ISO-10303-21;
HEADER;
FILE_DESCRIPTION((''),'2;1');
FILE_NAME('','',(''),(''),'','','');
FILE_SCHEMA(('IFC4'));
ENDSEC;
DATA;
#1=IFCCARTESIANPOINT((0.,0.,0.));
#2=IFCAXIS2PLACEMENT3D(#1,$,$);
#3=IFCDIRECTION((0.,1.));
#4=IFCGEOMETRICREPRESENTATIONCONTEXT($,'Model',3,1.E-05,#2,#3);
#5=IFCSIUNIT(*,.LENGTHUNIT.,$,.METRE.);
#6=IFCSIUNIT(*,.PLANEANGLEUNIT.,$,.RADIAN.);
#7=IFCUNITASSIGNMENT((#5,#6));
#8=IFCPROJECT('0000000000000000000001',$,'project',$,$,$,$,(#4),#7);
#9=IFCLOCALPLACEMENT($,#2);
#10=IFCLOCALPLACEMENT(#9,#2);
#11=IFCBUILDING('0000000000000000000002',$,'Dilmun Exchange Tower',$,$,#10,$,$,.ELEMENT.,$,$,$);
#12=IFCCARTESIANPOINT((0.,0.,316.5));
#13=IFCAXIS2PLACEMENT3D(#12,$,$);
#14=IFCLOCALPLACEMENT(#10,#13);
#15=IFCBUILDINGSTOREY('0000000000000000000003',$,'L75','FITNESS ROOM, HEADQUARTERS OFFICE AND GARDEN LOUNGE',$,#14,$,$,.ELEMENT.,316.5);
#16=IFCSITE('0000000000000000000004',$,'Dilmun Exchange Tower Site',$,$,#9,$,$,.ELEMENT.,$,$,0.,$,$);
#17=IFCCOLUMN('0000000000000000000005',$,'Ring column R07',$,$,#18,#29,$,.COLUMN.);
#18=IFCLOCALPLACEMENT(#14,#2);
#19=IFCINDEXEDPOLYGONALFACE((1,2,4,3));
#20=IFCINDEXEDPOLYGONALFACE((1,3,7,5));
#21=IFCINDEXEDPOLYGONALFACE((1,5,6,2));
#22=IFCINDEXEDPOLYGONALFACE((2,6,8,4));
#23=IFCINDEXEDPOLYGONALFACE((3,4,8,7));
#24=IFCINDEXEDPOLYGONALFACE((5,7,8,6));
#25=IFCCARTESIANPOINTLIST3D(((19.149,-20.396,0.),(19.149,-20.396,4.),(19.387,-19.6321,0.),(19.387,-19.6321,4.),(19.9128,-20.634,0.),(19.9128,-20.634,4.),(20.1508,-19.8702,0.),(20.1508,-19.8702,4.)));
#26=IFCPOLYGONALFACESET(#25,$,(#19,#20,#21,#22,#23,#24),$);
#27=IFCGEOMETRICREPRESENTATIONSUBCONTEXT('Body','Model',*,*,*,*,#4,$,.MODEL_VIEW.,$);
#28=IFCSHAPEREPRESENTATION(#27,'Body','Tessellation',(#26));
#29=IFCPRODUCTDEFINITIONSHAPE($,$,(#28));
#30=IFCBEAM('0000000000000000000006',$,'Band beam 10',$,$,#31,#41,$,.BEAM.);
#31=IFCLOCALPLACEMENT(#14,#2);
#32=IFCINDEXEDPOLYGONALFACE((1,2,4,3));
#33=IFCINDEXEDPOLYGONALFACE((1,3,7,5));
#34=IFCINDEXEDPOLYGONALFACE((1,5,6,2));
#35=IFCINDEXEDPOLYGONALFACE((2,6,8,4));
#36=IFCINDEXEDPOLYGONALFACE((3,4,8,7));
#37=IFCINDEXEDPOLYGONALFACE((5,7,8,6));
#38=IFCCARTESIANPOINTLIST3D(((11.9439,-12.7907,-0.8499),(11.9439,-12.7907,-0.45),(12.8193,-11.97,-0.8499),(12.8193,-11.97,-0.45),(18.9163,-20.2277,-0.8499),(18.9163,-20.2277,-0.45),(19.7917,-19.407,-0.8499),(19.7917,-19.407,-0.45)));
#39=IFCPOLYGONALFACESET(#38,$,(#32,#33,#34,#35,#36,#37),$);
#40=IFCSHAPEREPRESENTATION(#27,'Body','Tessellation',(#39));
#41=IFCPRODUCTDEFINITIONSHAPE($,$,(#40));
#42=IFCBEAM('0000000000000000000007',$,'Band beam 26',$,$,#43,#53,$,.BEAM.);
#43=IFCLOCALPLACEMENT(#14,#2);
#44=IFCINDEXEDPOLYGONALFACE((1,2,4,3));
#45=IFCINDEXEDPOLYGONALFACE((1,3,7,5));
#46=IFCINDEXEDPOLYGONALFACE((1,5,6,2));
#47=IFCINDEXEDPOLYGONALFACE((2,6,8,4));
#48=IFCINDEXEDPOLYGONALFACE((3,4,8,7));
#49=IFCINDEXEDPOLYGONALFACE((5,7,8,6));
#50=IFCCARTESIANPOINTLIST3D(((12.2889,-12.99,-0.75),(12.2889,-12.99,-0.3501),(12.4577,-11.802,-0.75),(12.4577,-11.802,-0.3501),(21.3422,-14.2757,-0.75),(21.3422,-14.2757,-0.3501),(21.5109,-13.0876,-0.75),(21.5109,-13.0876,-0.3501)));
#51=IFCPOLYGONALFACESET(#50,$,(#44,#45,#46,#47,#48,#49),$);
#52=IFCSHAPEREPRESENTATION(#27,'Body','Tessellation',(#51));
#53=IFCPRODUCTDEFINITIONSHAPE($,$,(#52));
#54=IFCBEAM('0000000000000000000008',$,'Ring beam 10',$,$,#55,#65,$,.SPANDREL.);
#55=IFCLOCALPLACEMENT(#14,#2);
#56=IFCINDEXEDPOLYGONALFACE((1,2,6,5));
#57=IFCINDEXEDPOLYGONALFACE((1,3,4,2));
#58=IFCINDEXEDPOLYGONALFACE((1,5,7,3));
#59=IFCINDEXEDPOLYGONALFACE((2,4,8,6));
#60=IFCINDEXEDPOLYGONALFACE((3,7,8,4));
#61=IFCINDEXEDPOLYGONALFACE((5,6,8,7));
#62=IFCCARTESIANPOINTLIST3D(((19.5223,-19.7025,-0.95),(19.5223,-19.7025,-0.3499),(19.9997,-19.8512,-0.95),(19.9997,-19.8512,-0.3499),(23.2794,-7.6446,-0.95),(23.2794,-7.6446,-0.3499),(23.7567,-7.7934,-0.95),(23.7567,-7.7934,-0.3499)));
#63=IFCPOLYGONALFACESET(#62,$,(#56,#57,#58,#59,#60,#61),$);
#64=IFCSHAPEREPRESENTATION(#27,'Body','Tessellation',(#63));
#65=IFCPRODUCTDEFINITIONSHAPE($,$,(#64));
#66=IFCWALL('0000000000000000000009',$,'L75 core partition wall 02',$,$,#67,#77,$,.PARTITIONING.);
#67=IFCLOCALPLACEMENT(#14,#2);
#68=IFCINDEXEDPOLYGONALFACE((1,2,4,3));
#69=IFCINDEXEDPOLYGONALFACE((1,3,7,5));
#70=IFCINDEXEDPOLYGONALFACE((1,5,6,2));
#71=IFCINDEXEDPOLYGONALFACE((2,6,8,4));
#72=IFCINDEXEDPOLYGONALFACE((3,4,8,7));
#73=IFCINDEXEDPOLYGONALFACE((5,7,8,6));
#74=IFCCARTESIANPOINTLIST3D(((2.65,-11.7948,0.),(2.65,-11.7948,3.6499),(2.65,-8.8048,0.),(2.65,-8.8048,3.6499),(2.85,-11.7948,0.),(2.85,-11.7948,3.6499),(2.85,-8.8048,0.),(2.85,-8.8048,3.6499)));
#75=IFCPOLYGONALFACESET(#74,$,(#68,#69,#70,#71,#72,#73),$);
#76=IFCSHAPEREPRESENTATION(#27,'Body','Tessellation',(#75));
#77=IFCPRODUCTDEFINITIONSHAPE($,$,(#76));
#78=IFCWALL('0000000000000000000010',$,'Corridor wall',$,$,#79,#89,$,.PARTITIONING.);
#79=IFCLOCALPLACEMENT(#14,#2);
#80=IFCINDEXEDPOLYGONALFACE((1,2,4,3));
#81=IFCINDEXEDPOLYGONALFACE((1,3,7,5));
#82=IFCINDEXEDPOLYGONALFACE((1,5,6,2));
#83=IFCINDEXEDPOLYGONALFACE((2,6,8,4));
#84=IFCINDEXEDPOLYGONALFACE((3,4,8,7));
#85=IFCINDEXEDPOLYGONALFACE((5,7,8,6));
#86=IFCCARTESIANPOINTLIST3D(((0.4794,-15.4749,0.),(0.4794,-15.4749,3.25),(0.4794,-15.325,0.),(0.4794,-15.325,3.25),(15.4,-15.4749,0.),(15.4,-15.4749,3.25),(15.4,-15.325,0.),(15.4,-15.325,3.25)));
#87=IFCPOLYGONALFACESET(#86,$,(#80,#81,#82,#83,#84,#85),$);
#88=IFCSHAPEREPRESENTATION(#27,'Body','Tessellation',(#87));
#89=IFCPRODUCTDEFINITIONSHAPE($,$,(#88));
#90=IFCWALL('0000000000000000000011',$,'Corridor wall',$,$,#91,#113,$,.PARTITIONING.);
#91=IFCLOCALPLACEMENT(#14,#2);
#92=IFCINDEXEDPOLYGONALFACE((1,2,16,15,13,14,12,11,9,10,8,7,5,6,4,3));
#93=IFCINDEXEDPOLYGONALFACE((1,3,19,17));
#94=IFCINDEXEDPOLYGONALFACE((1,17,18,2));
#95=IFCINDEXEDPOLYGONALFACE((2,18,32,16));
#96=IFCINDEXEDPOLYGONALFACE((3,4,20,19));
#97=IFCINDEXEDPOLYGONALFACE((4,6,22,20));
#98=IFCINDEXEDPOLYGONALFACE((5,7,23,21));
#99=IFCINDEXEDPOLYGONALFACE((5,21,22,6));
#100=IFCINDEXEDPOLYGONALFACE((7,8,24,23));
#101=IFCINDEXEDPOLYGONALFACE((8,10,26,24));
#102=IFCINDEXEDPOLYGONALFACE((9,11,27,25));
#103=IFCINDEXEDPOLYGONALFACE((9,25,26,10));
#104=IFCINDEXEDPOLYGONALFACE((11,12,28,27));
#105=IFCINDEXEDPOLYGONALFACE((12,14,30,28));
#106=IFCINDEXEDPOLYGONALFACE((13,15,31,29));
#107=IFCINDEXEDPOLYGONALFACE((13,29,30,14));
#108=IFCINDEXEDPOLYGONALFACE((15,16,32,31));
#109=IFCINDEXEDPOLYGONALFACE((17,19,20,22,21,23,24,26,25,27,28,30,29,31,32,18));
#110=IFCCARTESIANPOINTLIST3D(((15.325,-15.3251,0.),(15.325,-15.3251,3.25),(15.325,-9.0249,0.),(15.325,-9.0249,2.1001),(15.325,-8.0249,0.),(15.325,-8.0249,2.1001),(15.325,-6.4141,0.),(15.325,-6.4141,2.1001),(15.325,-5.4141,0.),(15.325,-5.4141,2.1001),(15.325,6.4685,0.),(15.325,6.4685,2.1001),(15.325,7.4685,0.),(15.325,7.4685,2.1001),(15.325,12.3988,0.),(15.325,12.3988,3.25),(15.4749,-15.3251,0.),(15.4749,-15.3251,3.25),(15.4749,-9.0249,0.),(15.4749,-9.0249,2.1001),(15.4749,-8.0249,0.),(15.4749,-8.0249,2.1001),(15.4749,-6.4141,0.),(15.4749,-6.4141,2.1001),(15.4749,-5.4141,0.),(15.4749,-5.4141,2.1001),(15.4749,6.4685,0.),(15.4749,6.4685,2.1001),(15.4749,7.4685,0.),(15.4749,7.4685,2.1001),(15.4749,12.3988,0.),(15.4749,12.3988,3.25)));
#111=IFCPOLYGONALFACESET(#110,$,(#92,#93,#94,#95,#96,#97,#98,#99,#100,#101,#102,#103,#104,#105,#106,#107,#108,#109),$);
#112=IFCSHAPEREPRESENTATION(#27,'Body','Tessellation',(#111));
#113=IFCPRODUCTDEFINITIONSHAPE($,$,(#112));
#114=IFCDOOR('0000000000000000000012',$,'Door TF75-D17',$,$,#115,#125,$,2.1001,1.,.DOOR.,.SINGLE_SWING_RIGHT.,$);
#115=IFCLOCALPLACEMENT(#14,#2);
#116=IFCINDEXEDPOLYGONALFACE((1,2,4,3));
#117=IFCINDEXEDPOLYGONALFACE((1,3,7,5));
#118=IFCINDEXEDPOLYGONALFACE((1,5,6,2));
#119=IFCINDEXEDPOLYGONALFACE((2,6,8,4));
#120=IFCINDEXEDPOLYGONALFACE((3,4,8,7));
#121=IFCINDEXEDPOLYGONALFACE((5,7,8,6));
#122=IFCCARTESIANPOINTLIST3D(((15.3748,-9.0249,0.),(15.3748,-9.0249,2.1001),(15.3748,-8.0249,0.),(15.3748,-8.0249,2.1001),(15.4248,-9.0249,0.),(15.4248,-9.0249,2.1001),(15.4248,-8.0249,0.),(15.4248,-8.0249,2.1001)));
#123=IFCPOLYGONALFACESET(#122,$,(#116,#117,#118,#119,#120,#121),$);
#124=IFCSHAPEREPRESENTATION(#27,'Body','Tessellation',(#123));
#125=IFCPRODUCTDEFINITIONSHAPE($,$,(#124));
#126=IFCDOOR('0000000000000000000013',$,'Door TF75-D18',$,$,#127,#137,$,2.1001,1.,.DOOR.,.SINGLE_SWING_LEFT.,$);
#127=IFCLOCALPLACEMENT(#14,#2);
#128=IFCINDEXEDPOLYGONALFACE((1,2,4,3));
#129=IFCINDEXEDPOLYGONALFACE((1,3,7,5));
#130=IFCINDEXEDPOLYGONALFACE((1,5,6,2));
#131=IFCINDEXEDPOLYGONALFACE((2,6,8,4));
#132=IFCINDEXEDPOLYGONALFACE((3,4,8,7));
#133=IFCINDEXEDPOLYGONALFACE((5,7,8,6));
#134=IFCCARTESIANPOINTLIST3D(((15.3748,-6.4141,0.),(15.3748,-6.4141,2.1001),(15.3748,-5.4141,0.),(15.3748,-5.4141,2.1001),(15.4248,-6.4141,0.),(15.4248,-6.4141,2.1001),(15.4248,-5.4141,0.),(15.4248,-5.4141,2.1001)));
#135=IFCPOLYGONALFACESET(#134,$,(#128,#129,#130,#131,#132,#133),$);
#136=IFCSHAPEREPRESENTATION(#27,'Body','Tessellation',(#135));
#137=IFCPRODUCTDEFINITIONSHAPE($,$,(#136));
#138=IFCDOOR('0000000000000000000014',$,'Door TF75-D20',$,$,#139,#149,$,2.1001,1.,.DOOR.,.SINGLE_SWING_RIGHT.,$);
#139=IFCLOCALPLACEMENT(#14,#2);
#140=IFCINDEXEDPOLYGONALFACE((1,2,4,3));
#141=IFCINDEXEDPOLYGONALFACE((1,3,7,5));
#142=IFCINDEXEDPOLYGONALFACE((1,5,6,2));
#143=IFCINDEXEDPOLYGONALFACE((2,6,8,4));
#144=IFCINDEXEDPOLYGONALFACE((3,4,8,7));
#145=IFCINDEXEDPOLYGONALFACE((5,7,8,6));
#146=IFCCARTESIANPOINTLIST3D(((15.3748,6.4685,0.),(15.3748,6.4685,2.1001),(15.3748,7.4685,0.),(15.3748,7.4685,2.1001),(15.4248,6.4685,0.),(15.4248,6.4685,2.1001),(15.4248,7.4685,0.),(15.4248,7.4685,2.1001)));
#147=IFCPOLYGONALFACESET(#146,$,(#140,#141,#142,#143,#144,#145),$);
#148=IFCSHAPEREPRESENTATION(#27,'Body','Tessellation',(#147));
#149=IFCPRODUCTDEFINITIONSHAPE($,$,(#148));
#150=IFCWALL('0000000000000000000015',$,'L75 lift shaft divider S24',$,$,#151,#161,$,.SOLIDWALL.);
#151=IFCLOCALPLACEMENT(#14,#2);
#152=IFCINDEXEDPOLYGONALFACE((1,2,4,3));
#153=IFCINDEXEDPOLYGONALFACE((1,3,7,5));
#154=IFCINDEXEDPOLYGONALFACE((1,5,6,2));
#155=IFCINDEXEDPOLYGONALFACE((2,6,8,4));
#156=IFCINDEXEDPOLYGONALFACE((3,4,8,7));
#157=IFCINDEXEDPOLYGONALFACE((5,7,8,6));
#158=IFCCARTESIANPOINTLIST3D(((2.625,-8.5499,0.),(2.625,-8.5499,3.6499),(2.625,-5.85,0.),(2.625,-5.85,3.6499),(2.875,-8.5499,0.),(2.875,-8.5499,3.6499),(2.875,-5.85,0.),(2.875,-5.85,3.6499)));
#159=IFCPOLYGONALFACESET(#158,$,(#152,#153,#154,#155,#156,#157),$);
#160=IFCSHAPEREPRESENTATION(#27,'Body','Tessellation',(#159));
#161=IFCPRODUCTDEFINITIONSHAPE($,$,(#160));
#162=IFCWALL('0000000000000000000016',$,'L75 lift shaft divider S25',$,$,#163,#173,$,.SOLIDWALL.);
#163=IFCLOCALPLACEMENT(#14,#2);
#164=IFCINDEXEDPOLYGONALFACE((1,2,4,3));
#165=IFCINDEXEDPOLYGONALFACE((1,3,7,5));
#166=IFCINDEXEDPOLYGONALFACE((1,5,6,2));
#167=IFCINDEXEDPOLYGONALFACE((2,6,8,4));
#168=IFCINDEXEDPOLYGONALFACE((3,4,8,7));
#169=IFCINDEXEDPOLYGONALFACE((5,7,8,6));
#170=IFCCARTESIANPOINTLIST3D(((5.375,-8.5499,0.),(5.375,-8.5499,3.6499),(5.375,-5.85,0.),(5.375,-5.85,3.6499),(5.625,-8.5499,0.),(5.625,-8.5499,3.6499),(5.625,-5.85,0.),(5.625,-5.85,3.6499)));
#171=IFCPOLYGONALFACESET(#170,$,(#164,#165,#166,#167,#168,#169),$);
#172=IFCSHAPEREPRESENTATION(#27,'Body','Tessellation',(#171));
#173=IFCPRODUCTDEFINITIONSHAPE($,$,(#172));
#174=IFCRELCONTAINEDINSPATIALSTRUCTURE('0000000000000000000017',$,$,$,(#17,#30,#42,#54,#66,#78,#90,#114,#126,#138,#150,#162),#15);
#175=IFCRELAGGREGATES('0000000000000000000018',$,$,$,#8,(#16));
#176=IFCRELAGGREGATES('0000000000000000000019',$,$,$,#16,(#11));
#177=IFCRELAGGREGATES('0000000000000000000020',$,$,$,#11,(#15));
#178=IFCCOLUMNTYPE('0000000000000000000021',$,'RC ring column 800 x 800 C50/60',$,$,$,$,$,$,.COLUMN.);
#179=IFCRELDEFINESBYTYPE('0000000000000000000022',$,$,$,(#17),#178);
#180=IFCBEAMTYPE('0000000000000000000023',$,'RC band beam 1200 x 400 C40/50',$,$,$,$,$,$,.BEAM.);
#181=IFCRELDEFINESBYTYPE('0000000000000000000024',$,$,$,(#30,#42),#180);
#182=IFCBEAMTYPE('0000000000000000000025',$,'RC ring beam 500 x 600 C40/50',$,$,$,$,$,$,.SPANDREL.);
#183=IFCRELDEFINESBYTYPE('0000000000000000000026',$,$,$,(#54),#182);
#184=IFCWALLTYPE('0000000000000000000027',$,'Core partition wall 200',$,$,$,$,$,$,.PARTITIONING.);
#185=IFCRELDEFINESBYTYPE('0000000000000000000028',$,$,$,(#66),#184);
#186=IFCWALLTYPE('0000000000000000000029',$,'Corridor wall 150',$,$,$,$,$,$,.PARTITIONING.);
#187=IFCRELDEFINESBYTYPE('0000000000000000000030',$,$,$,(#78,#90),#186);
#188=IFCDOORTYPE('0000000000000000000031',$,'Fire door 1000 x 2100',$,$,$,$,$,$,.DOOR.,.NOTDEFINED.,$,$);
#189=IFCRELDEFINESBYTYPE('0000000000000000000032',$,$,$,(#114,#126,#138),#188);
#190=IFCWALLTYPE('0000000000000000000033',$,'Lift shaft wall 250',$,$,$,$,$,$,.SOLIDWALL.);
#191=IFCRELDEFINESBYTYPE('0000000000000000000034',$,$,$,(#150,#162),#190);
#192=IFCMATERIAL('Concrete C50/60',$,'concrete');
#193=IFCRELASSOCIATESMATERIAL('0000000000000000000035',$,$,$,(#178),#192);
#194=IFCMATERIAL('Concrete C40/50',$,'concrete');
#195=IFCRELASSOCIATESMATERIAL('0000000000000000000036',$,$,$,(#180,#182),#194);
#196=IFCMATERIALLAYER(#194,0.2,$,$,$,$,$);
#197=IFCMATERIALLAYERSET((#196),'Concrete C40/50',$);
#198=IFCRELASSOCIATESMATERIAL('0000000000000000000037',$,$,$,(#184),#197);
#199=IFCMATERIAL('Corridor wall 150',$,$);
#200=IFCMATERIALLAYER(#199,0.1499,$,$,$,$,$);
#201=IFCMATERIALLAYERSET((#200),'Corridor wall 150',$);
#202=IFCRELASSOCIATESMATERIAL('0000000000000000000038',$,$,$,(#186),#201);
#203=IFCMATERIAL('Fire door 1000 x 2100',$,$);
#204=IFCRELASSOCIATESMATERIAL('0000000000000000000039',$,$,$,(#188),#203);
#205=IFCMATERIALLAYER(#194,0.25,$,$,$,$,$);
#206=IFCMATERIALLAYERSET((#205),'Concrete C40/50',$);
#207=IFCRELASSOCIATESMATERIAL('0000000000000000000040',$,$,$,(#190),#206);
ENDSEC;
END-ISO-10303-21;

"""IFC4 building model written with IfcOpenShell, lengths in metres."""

from ifc_helpers import new_model, si_unit, direction, frame, frame_2d, origin, origin_2d, place, context, subcontext, project, spatial, rectangle, extrude, material, layer, layer_set, material_profile, profile_set, type_object, element, fill, save


model = new_model("IFC4")

# Units and contexts
model_context = context("Model", 3, precision=1e-05, world=origin(), true_north=direction((0.0, 1.0)))
body_context = subcontext(model_context, "Body", "Model", "MODEL_VIEW")
ifc_project = project(units=[si_unit("LENGTHUNIT", "METRE"), si_unit("PLANEANGLEUNIT", "RADIAN")], contexts=[model_context])

# Site, building, storey
site_placement = place(None, origin())
site = spatial("IfcSite", under=ifc_project, at=site_placement, Name="Dilmun Exchange Tower Site", CompositionType="ELEMENT", RefElevation=0.0)
building_placement = place(site_placement, origin())
building = spatial("IfcBuilding", under=site, at=building_placement, Name="Dilmun Exchange Tower", CompositionType="ELEMENT")
storey_placement = place(building_placement, frame((0.0, 0.0, 316.5)))
storey = spatial("IfcBuildingStorey", under=building, at=storey_placement, Name="L75", Description="FITNESS ROOM, HEADQUARTERS OFFICE AND GARDEN LOUNGE", CompositionType="ELEMENT", Elevation=316.5)

# Column
ifc_material_1 = material(Name="Concrete C50/60", Category="concrete")
ifc_material_profile_1 = material_profile(ifc_material_1, rectangle(XDim=0.8, YDim=0.8, at=origin_2d()), Name="800 x 800")
ifc_profile_set_1 = profile_set([ifc_material_profile_1], Name="Concrete C50/60")
column_type = type_object("IfcColumnType", Name="RC ring column 800 x 800 C50/60", PredefinedType="COLUMN", material=ifc_profile_set_1)
column_placement = place(storey_placement, frame((19.6499, -20.1331, 0.0), z_axis=(0.0, 0.0, 1.0), x_axis=(0.297503, 0.954721, 0.0)))
element("IfcColumn", 1, at=column_placement, inside=storey, type_object=column_type, Name="Ring column R07", PredefinedType="COLUMN", context=body_context, shape_type="SweptSolid", body=[
    extrude(rectangle(XDim=0.8, YDim=0.8, at=origin_2d()), origin(), (0.0, 0.0, 1.0), 4.0),
])

# Beams
ifc_material_2 = material(Name="Concrete C40/50", Category="concrete")
ifc_material_profile_2 = material_profile(ifc_material_2, rectangle(XDim=1.2, YDim=0.3999, at=origin_2d()), Name="1200 x 400")
ifc_profile_set_2 = profile_set([ifc_material_profile_2], Name="Concrete C40/50")
beam_type_1 = type_object("IfcBeamType", Name="RC band beam 1200 x 400 C40/50", PredefinedType="BEAM", material=ifc_profile_set_2)
beam_1_placement = place(storey_placement, frame((19.354, -19.8174, -0.6499), z_axis=(-0.683952, 0.729527, 0.0), x_axis=(-0.729527, -0.683952, 0.0)))
element("IfcBeam", 2, at=beam_1_placement, inside=storey, type_object=beam_type_1, Name="Band beam 10", PredefinedType="BEAM", context=body_context, shape_type="SweptSolid", body=[
    extrude(rectangle(XDim=1.2, YDim=0.3999, at=origin_2d()), origin(), (0.0, 0.0, 1.0), 10.1943),
])
beam_2_placement = place(storey_placement, frame((21.4265, -13.6816, -0.55), z_axis=(-0.990067, 0.140599, 0.0), x_axis=(-0.140599, -0.990067, 0.0)))
element("IfcBeam", 3, at=beam_2_placement, inside=storey, type_object=beam_type_1, Name="Band beam 26", PredefinedType="BEAM", context=body_context, shape_type="SweptSolid", body=[
    extrude(rectangle(XDim=1.2, YDim=0.3999, at=origin_2d()), origin(), (0.0, 0.0, 1.0), 9.144),
])
ifc_material_profile_3 = material_profile(ifc_material_2, rectangle(XDim=0.5, YDim=0.6001, at=origin_2d()), Name="500 x 600")
ifc_profile_set_3 = profile_set([ifc_material_profile_3], Name="Concrete C40/50")
beam_type_2 = type_object("IfcBeamType", Name="RC ring beam 500 x 600 C40/50", PredefinedType="SPANDREL", material=ifc_profile_set_3)
beam_3_placement = place(storey_placement, frame((19.761, -19.7769, -0.6499), z_axis=(0.297481, 0.954728, 0.0), x_axis=(-0.954728, 0.297481, 0.0)))
element("IfcBeam", 4, at=beam_3_placement, inside=storey, type_object=beam_type_2, Name="Ring beam 10", PredefinedType="SPANDREL", context=body_context, shape_type="SweptSolid", body=[
    extrude(rectangle(XDim=0.5, YDim=0.6001, at=origin_2d()), origin(), (0.0, 0.0, 1.0), 12.6296),
])

# Wall
ifc_layer_1 = layer(ifc_material_2, 0.2)
ifc_layer_set_1 = layer_set([ifc_layer_1], Name="Concrete C40/50")
wall_type_1 = type_object("IfcWallType", Name="Core partition wall 200", PredefinedType="PARTITIONING", material=ifc_layer_set_1)
wall_1_placement = place(storey_placement, frame((2.75, -11.7949, 0.0), z_axis=(0.0, 0.0, 1.0), x_axis=(0.0, 1.0, 0.0)))
element("IfcWall", 5, at=wall_1_placement, inside=storey, type_object=wall_type_1, Name="L75 core partition wall 02", PredefinedType="PARTITIONING", context=body_context, shape_type="SweptSolid", body=[
    extrude(rectangle(XDim=2.99, YDim=0.2, at=frame_2d((1.4951, 0.0))), origin(), (0.0, 0.0, 1.0), 3.6499),
])

# Wall
ifc_material_3 = material(Name="Corridor wall 150")
ifc_layer_2 = layer(ifc_material_3, 0.1499)
ifc_layer_set_2 = layer_set([ifc_layer_2], Name="Corridor wall 150")
wall_type_2 = type_object("IfcWallType", Name="Corridor wall 150", PredefinedType="PARTITIONING", material=ifc_layer_set_2)
wall_2_placement = place(storey_placement, frame((0.4792, -15.3999, 0.0), z_axis=(0.0, 0.0, 1.0), x_axis=(1.0, 0.0, 0.0)))
element("IfcWall", 6, at=wall_2_placement, inside=storey, type_object=wall_type_2, Name="Corridor wall", PredefinedType="PARTITIONING", context=body_context, shape_type="SweptSolid", body=[
    extrude(rectangle(XDim=14.9207, YDim=0.1499, at=frame_2d((7.4604, 0.0))), origin(), (0.0, 0.0, 1.0), 3.25),
])

# Wall, openings, doors
wall_3_placement = place(storey_placement, frame((15.3999, -15.325, 0.0), z_axis=(0.0, 0.0, 1.0), x_axis=(0.0, 1.0, 0.0)))
wall_3 = element("IfcWall", 7, at=wall_3_placement, inside=storey, type_object=wall_type_2, Name="Corridor wall", PredefinedType="PARTITIONING", context=body_context, shape_type="SweptSolid", body=[
    extrude(rectangle(XDim=27.7239, YDim=0.1499, at=frame_2d((13.8618, 0.0))), origin(), (0.0, 0.0, 1.0), 3.25),
])
opening_1_placement = place(wall_3_placement, frame((6.3, 0.0, 0.0)))
opening_1 = element("IfcOpeningElement", 8, at=opening_1_placement, cuts=wall_3, PredefinedType="OPENING", context=body_context, shape_type="SweptSolid", body=[
    extrude(rectangle(XDim=1.0, YDim=2.1001, at=frame_2d((0.5, 1.05))), frame((0.0, 0.085, 0.0), z_axis=(0.0, -1.0, 0.0), x_axis=(1.0, 0.0, 0.0)), (0.0, 0.0, 1.0), 0.1699),
])
opening_2_placement = place(wall_3_placement, frame((8.9109, 0.0, 0.0)))
opening_2 = element("IfcOpeningElement", 9, at=opening_2_placement, cuts=wall_3, PredefinedType="OPENING", context=body_context, shape_type="SweptSolid", body=[
    extrude(rectangle(XDim=1.0, YDim=2.1001, at=frame_2d((0.5, 1.05))), frame((0.0, 0.085, 0.0), z_axis=(0.0, -1.0, 0.0), x_axis=(1.0, 0.0, 0.0)), (0.0, 0.0, 1.0), 0.1699),
])
opening_3_placement = place(wall_3_placement, frame((21.7935, 0.0, 0.0)))
opening_3 = element("IfcOpeningElement", 10, at=opening_3_placement, cuts=wall_3, PredefinedType="OPENING", context=body_context, shape_type="SweptSolid", body=[
    extrude(rectangle(XDim=1.0, YDim=2.1001, at=frame_2d((0.5, 1.05))), frame((0.0, 0.085, 0.0), z_axis=(0.0, -1.0, 0.0), x_axis=(1.0, 0.0, 0.0)), (0.0, 0.0, 1.0), 0.1699),
])
ifc_material_4 = material(Name="Fire door 1000 x 2100")
door_type_1 = type_object("IfcDoorType", Name="Fire door 1000 x 2100", OperationType="NOTDEFINED", PredefinedType="DOOR", material=ifc_material_4)
door_1_placement = place(opening_1_placement, frame((1.0, 0.0, 0.0), z_axis=(0.0, 0.0, 1.0), x_axis=(-1.0, 0.0, 0.0)))
door_1 = element("IfcDoor", 11, at=door_1_placement, inside=storey, type_object=door_type_1, Name="Door TF75-D17", OperationType="SINGLE_SWING_RIGHT", OverallHeight=2.1001, OverallWidth=1.0, PredefinedType="DOOR", context=body_context, shape_type="SweptSolid", body=[
    extrude(rectangle(XDim=1.0, YDim=2.1001, at=frame_2d((0.5, 1.05))), frame((0.0, 0.0249, 0.0), z_axis=(0.0, -1.0, 0.0), x_axis=(1.0, 0.0, 0.0)), (0.0, 0.0, 1.0), 0.05),
])
fill(opening_1, door_1)
door_2_placement = place(opening_2_placement, frame((1.0, 0.0, 0.0), z_axis=(0.0, 0.0, 1.0), x_axis=(-1.0, 0.0, 0.0)))
door_2 = element("IfcDoor", 12, at=door_2_placement, inside=storey, type_object=door_type_1, Name="Door TF75-D18", OperationType="SINGLE_SWING_LEFT", OverallHeight=2.1001, OverallWidth=1.0, PredefinedType="DOOR", context=body_context, shape_type="SweptSolid", body=[
    extrude(rectangle(XDim=1.0, YDim=2.1001, at=frame_2d((0.5, 1.05))), frame((0.0, 0.0249, 0.0), z_axis=(0.0, -1.0, 0.0), x_axis=(1.0, 0.0, 0.0)), (0.0, 0.0, 1.0), 0.05),
])
fill(opening_2, door_2)
door_3_placement = place(opening_3_placement, frame((1.0, 0.0, 0.0), z_axis=(0.0, 0.0, 1.0), x_axis=(-1.0, 0.0, 0.0)))
door_3 = element("IfcDoor", 13, at=door_3_placement, inside=storey, type_object=door_type_1, Name="Door TF75-D20", OperationType="SINGLE_SWING_RIGHT", OverallHeight=2.1001, OverallWidth=1.0, PredefinedType="DOOR", context=body_context, shape_type="SweptSolid", body=[
    extrude(rectangle(XDim=1.0, YDim=2.1001, at=frame_2d((0.5, 1.05))), frame((0.0, 0.0249, 0.0), z_axis=(0.0, -1.0, 0.0), x_axis=(1.0, 0.0, 0.0)), (0.0, 0.0, 1.0), 0.05),
])
fill(opening_3, door_3)

# Walls
ifc_layer_3 = layer(ifc_material_2, 0.25)
ifc_layer_set_3 = layer_set([ifc_layer_3], Name="Concrete C40/50")
wall_type_3 = type_object("IfcWallType", Name="Lift shaft wall 250", PredefinedType="SOLIDWALL", material=ifc_layer_set_3)
for number, where, z_axis, x_axis, name in (
    (14, (2.75, -8.55, 0.0), (0.0, 0.0, 1.0), (0.0, 1.0, 0.0), "L75 lift shaft divider S24"),
    (15, (5.5, -8.55, 0.0), (0.0, 0.0, 1.0), (0.0, 1.0, 0.0), "L75 lift shaft divider S25"),
):
    element("IfcWall", number, at=place(storey_placement, frame(where, z_axis=z_axis, x_axis=x_axis)), inside=storey, type_object=wall_type_3, Name=name, PredefinedType="SOLIDWALL", context=body_context, shape_type="SweptSolid", body=[
        extrude(rectangle(XDim=2.7, YDim=0.25, at=frame_2d((1.3501, 0.0))), origin(), (0.0, 0.0, 1.0), 3.6499),
    ])

save(model, "model.ifc")
